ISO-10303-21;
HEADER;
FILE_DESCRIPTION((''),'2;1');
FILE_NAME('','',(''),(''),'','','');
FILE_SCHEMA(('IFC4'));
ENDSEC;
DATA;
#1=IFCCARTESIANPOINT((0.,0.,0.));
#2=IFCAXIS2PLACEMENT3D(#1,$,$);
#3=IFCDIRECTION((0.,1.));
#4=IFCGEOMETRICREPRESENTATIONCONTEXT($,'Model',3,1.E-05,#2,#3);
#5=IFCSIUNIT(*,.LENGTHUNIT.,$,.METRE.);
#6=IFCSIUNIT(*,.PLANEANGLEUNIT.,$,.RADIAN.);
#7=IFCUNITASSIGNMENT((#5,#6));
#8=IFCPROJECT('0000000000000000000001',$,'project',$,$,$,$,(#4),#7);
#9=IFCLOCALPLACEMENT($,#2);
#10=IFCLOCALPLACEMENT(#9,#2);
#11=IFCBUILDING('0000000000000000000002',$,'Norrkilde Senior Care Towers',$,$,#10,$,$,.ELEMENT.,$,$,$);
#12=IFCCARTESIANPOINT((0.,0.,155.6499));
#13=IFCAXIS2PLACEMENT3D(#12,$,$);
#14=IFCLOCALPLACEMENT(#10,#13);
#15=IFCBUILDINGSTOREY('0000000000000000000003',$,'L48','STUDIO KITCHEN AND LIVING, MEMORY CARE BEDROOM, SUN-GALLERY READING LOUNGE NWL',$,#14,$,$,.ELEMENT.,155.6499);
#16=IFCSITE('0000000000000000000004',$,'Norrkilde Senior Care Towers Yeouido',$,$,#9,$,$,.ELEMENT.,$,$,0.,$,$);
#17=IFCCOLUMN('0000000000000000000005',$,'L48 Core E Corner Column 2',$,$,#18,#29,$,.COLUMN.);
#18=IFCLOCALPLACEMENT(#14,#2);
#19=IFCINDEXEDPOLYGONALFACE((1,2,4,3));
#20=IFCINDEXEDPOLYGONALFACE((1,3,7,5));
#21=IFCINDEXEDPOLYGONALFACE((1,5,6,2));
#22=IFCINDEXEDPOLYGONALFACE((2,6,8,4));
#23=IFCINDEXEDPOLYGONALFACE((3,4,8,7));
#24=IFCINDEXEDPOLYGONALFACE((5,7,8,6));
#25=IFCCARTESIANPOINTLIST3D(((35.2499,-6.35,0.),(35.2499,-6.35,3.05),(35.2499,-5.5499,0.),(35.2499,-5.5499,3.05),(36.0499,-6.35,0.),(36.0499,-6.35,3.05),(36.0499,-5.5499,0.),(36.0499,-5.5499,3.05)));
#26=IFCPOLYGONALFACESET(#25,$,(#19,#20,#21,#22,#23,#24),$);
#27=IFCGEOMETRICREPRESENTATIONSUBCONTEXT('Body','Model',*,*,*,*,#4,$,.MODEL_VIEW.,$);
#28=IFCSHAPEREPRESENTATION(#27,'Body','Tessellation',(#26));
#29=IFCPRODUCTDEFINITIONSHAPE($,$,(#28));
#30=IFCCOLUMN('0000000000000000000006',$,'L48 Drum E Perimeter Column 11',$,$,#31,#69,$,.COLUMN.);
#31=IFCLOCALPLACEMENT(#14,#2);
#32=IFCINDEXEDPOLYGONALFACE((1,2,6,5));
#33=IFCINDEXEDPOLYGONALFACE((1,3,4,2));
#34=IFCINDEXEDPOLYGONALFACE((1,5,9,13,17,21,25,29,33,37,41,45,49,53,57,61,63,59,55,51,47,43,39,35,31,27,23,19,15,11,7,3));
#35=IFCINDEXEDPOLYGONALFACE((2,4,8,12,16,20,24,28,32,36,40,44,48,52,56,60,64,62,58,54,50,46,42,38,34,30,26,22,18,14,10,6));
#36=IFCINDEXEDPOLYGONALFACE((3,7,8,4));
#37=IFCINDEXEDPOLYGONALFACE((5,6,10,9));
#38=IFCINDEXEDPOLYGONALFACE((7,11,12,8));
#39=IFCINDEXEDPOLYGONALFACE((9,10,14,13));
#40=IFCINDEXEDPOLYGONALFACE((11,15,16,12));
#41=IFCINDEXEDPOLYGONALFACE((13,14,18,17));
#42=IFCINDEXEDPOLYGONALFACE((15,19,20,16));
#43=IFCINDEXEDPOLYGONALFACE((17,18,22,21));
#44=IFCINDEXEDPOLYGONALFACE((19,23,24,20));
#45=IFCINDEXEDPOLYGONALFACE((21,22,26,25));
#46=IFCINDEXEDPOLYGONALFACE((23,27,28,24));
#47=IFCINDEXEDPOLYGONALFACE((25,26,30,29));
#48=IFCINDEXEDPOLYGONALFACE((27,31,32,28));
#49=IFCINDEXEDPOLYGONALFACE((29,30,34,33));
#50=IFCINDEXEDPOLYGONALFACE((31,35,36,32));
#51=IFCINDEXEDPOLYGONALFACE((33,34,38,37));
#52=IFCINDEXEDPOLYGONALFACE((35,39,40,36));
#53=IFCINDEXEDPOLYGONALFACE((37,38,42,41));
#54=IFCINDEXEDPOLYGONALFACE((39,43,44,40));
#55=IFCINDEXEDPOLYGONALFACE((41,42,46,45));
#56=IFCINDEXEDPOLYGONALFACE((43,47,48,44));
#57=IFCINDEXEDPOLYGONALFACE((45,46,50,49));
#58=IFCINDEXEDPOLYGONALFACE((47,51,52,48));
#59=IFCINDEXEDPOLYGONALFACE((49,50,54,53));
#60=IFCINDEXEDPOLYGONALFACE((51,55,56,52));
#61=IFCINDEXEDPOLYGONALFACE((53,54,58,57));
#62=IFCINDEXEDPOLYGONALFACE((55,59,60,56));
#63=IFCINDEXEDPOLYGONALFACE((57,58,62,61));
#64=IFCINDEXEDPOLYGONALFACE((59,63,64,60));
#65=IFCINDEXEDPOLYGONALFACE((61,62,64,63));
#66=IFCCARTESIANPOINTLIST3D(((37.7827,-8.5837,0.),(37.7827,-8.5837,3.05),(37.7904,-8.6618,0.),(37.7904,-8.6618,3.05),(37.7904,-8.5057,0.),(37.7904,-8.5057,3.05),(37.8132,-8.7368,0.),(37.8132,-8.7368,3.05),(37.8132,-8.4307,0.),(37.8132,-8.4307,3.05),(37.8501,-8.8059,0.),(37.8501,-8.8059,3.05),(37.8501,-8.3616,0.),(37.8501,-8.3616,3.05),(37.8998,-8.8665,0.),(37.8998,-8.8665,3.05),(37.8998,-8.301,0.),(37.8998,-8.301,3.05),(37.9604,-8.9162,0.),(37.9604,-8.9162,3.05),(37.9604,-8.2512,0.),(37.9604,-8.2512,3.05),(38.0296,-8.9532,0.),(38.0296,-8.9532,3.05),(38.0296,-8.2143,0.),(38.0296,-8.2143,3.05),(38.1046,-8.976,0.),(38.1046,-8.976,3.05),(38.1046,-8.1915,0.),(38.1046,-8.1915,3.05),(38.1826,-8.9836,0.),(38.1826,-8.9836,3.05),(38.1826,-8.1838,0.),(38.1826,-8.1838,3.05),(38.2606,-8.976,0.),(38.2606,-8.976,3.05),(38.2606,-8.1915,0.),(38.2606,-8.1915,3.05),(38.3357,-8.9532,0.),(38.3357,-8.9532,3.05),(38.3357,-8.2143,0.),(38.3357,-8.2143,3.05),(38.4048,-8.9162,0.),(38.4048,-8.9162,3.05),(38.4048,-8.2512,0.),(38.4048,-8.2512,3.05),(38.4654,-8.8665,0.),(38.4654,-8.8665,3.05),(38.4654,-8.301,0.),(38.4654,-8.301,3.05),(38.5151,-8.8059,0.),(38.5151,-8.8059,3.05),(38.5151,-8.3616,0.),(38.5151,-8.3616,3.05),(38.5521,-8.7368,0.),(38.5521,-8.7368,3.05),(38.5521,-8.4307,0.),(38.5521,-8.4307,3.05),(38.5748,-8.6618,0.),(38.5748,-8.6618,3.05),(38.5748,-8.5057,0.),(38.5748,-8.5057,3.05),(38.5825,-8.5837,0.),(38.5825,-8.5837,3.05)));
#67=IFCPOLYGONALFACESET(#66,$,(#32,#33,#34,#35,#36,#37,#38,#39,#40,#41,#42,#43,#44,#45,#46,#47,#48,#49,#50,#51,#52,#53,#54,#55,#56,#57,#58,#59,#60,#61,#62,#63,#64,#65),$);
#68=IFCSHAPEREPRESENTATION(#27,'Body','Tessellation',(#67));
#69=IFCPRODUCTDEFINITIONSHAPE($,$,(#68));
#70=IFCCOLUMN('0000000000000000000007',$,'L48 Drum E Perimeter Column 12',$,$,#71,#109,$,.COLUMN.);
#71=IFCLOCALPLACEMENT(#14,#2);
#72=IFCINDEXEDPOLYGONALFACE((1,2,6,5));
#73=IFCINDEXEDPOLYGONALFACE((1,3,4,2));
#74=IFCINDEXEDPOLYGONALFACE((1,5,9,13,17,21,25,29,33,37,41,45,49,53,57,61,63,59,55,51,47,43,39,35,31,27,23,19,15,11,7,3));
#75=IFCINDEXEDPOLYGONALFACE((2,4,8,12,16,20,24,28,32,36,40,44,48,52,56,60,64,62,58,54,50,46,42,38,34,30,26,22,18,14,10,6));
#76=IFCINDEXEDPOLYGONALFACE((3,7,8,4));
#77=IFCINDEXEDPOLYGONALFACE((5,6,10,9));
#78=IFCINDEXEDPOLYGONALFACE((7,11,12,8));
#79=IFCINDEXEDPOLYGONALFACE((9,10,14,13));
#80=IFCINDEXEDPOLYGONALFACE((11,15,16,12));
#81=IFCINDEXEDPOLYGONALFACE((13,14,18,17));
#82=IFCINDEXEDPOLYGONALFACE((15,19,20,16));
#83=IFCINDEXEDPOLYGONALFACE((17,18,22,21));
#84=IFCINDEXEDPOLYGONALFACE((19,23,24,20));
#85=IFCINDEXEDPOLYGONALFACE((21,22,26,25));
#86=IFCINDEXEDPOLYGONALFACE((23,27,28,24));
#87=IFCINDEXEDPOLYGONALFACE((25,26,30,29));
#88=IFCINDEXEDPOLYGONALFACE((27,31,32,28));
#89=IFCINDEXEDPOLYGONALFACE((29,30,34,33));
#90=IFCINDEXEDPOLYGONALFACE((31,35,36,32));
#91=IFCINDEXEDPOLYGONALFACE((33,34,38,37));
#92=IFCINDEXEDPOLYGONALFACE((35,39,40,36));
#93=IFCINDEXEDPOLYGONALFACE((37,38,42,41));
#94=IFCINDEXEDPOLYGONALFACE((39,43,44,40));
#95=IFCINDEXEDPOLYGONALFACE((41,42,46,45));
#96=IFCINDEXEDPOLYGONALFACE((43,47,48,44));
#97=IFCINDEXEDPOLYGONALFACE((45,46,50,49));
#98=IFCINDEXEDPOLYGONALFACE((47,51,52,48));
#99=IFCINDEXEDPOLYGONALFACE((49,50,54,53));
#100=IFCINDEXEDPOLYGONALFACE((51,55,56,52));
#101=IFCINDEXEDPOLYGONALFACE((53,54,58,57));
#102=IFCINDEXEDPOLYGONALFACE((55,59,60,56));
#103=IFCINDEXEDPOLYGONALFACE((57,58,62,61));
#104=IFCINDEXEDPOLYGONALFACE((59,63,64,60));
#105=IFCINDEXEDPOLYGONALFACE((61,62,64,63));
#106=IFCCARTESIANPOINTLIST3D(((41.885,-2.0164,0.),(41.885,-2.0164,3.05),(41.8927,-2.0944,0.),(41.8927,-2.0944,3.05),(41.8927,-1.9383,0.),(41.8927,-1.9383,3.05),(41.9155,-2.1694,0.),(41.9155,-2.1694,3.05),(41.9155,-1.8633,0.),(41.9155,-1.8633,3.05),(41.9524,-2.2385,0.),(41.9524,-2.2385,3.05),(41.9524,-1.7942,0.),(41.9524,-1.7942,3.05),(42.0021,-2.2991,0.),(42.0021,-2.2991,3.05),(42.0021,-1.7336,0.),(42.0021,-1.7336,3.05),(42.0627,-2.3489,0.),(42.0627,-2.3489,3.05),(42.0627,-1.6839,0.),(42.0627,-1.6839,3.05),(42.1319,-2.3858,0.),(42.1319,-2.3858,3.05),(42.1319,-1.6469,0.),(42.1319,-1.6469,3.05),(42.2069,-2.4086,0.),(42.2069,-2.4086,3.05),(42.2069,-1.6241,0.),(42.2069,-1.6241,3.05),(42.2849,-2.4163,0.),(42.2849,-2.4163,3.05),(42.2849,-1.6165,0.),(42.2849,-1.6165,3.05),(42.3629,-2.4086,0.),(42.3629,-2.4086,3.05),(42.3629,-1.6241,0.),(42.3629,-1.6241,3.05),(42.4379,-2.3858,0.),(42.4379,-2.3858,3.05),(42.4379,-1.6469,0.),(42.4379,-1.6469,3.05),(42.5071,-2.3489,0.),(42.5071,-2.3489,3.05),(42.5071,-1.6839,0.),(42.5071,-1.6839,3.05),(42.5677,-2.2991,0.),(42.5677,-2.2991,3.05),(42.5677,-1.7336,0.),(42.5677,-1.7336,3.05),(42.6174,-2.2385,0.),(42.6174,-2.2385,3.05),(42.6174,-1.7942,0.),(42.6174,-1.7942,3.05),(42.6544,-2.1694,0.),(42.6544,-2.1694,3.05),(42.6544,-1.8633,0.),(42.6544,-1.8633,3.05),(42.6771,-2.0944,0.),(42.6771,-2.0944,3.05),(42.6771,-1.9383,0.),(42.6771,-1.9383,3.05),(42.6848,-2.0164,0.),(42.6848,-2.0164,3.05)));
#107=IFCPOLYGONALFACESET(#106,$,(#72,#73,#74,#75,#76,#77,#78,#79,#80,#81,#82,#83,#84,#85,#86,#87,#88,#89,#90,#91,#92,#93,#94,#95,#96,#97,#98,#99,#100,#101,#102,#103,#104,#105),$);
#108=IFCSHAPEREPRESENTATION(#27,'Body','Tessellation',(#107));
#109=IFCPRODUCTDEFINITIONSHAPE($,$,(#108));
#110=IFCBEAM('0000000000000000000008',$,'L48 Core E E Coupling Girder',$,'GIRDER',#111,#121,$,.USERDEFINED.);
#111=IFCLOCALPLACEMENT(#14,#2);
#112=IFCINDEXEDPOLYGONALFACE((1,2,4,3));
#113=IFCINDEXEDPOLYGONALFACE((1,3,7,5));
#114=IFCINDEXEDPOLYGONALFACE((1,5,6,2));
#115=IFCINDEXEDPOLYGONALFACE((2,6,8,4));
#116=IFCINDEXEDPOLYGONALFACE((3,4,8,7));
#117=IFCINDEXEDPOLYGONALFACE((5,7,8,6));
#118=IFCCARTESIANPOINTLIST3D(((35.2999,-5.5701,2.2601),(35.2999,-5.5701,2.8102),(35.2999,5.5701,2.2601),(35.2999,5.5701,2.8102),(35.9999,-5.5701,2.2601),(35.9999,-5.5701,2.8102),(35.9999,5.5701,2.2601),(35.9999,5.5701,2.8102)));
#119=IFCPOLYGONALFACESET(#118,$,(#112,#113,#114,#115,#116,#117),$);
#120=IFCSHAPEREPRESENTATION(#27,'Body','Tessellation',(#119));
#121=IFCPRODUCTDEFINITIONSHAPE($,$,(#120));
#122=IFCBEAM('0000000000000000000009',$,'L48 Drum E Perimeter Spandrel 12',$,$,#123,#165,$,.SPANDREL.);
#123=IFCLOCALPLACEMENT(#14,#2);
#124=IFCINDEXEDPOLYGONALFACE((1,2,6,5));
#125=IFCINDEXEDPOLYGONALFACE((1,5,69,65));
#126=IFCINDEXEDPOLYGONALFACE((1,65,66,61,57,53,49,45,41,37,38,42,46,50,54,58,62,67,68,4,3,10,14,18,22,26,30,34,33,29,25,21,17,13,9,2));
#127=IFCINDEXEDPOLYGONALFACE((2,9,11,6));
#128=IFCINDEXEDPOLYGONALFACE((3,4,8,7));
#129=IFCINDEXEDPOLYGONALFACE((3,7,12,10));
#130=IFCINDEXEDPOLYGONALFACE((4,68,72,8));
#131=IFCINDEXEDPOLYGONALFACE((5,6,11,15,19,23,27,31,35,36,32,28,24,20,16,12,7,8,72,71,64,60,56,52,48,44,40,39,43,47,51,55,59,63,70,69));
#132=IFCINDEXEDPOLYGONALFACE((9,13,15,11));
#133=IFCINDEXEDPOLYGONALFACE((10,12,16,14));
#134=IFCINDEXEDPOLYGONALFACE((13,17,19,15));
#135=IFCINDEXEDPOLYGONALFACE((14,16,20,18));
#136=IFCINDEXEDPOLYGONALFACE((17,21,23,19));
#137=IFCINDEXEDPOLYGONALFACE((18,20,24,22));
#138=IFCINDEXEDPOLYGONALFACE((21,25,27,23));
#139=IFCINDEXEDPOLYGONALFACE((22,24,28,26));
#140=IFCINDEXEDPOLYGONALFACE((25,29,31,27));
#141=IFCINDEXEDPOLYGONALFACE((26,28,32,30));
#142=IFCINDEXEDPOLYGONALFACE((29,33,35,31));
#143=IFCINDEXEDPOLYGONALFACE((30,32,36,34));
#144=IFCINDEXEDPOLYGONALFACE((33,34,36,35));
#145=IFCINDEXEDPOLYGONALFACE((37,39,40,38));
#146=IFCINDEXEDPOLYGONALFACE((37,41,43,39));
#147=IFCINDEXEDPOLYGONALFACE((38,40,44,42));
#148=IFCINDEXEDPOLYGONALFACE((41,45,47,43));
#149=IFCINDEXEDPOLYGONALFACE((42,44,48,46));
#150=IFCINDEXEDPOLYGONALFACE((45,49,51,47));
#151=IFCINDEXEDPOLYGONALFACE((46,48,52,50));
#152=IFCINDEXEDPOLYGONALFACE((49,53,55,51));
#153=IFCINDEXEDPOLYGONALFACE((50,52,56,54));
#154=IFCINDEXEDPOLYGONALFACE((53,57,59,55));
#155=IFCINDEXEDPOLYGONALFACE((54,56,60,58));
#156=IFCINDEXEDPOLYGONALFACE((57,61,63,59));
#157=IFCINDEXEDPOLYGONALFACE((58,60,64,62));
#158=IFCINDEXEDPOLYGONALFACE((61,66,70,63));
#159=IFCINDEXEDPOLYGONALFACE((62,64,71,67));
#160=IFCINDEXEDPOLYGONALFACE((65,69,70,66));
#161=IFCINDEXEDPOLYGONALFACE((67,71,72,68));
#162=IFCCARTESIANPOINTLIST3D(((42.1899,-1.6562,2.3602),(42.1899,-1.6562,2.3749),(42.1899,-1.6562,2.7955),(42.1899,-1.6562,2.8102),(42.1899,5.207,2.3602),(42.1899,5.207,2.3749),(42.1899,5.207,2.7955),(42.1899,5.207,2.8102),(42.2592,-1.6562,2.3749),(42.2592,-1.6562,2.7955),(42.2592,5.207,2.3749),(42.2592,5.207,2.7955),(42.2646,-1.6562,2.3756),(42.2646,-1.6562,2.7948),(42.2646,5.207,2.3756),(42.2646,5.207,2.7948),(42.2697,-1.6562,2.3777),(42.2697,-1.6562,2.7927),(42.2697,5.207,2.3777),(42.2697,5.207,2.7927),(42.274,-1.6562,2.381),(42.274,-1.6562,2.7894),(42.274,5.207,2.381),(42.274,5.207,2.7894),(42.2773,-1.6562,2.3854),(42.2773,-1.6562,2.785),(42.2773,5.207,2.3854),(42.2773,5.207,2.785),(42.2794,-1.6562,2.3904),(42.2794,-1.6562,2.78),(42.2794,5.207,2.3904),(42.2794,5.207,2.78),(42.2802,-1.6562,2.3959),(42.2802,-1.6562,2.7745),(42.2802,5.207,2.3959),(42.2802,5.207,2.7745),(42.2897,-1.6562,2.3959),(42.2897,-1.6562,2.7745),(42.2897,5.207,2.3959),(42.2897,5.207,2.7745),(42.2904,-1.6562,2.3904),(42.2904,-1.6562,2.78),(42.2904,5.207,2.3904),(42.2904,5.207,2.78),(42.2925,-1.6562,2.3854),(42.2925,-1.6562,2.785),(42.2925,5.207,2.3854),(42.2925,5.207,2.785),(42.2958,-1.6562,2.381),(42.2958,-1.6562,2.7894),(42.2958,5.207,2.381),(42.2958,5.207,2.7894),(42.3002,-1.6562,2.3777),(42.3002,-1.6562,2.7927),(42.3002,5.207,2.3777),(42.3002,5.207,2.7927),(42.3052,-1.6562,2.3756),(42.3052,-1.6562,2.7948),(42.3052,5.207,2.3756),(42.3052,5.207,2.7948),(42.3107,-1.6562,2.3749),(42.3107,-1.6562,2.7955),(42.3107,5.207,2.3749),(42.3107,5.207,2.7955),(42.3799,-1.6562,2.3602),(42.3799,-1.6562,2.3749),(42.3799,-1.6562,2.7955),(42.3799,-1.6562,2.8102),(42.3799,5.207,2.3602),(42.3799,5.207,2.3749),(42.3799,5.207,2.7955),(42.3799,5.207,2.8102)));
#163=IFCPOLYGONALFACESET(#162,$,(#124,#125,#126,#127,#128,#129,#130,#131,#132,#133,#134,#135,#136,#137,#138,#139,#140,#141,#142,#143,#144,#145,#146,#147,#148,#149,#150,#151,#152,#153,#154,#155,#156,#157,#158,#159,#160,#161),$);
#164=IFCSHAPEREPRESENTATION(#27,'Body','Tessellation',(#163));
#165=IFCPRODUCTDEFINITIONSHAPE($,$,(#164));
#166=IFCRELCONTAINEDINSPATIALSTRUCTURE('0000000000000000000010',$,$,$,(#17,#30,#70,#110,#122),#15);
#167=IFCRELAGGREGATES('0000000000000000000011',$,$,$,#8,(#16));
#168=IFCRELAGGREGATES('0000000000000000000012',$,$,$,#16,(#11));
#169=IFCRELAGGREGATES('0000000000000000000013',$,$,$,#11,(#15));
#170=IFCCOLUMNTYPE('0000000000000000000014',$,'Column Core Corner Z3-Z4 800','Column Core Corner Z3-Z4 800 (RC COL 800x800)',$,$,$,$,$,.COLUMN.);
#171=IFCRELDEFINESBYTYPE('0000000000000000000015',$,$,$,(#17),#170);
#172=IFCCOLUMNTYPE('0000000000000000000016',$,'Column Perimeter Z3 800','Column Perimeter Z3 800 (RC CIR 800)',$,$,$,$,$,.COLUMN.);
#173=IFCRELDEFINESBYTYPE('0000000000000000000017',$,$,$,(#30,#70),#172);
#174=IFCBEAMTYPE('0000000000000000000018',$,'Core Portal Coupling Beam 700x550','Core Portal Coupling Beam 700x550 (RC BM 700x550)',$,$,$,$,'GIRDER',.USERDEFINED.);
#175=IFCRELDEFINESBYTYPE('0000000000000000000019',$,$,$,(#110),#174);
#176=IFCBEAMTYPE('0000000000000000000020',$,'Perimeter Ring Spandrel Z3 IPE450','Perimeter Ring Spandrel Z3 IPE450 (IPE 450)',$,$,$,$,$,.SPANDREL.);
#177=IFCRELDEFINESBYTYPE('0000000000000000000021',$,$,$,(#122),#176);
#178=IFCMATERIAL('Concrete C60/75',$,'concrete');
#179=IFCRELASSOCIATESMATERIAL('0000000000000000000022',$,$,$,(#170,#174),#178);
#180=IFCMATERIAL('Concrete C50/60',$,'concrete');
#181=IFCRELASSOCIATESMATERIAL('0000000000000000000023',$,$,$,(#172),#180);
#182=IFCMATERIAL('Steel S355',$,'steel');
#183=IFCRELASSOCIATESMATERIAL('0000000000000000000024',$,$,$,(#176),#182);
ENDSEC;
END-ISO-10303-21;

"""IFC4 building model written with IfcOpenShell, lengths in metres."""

from ifc_helpers import new_model, si_unit, direction, frame, origin, origin_2d, place, context, subcontext, project, spatial, rectangle, circle, i_section, extrude, source, transform, mapped, material, material_profile, profile_set, type_object, type_shapes, element, save


model = new_model("IFC4")

# Units and contexts
model_context = context("Model", 3, precision=1e-05, world=origin(), true_north=direction((0.0, 1.0)))
body_context = subcontext(model_context, "Body", "Model", "MODEL_VIEW")
ifc_project = project(units=[si_unit("LENGTHUNIT", "METRE"), si_unit("PLANEANGLEUNIT", "RADIAN")], contexts=[model_context])

# Site, building, storey
site_placement = place(None, origin())
site = spatial("IfcSite", under=ifc_project, at=site_placement, Name="Norrkilde Senior Care Towers Yeouido", CompositionType="ELEMENT", RefElevation=0.0)
building_placement = place(site_placement, origin())
building = spatial("IfcBuilding", under=site, at=building_placement, Name="Norrkilde Senior Care Towers", CompositionType="ELEMENT")
storey_placement = place(building_placement, frame((0.0, 0.0, 155.6499)))
storey = spatial("IfcBuildingStorey", under=building, at=storey_placement, Name="L48", Description="STUDIO KITCHEN AND LIVING, MEMORY CARE BEDROOM, SUN-GALLERY READING LOUNGE NWL", CompositionType="ELEMENT", Elevation=155.6499)

# Columns
ifc_material_1 = material(Name="Concrete C60/75", Category="concrete")
ifc_material_profile_1 = material_profile(ifc_material_1, rectangle(XDim=0.8, YDim=0.8, at=origin_2d()), Name="RC COL 800x800")
ifc_profile_set_1 = profile_set([ifc_material_profile_1], Name="Concrete C60/75")
column_type_1 = type_object("IfcColumnType", Name="Column Core Corner Z3-Z4 800", Description="Column Core Corner Z3-Z4 800 (RC COL 800x800)", PredefinedType="COLUMN", material=ifc_profile_set_1)
shared_shape_1 = source(origin(), body_context, "Body", "SweptSolid", [
    extrude(rectangle(XDim=0.8, YDim=0.8, at=origin_2d()), origin(), (0.0, 0.0, 1.0), 3.05),
])
type_shapes(column_type_1, [shared_shape_1])
column_placement = place(storey_placement, frame((35.6499, -5.95, 0.0), z_axis=(0.0, 0.0, 1.0), x_axis=(1.0, 0.0, 0.0)))
element("IfcColumn", 1, at=column_placement, inside=storey, type_object=column_type_1, Name="L48 Core E Corner Column 2", PredefinedType="COLUMN", context=body_context, shape_type="MappedRepresentation", body=[
    mapped(shared_shape_1, transform((0.0, 0.0, 0.0), x_axis=(1.0, 0.0, 0.0), y_axis=(0.0, 1.0, 0.0), z_axis=(0.0, 0.0, 1.0), scale=1.0)),
])
ifc_material_2 = material(Name="Concrete C50/60", Category="concrete")
ifc_material_profile_2 = material_profile(ifc_material_2, circle(Radius=0.3999, at=origin_2d()), Name="RC CIR 800")
ifc_profile_set_2 = profile_set([ifc_material_profile_2], Name="Concrete C50/60")
column_type_2 = type_object("IfcColumnType", Name="Column Perimeter Z3 800", Description="Column Perimeter Z3 800 (RC CIR 800)", PredefinedType="COLUMN", material=ifc_profile_set_2)
shared_shape_2 = source(origin(), body_context, "Body", "SweptSolid", [
    extrude(circle(Radius=0.3999, at=origin_2d()), origin(), (0.0, 0.0, 1.0), 3.05),
])
type_shapes(column_type_2, [shared_shape_2])
for number, where, z_axis, x_axis, name in (
    (2, (38.1826, -8.5837, 0.0), (0.0, 0.0, 1.0), (1.0, 0.0, 0.0), "L48 Drum E Perimeter Column 11"),
    (3, (42.2849, -2.0164, 0.0), (0.0, 0.0, 1.0), (1.0, 0.0, 0.0), "L48 Drum E Perimeter Column 12"),
):
    element("IfcColumn", number, at=place(storey_placement, frame(where, z_axis=z_axis, x_axis=x_axis)), inside=storey, type_object=column_type_2, Name=name, PredefinedType="COLUMN", context=body_context, shape_type="MappedRepresentation", body=[
        mapped(shared_shape_2, transform((0.0, 0.0, 0.0), x_axis=(1.0, 0.0, 0.0), y_axis=(0.0, 1.0, 0.0), z_axis=(0.0, 0.0, 1.0), scale=1.0)),
    ])

# Beams
ifc_material_profile_3 = material_profile(ifc_material_1, rectangle(XDim=0.7, YDim=0.55, at=origin_2d()), Name="RC BM 700x550")
ifc_profile_set_3 = profile_set([ifc_material_profile_3], Name="Concrete C60/75")
beam_type_1 = type_object("IfcBeamType", Name="Core Portal Coupling Beam 700x550", Description="Core Portal Coupling Beam 700x550 (RC BM 700x550)", ElementType="GIRDER", PredefinedType="USERDEFINED", material=ifc_profile_set_3)
shared_shape_3 = source(origin(), body_context, "Body", "SweptSolid", [
    extrude(rectangle(XDim=0.7, YDim=0.55, at=origin_2d()), origin(), (0.0, 0.0, 1.0), 11.1401),
])
type_shapes(beam_type_1, [shared_shape_3])
beam_1_placement = place(storey_placement, frame((35.6499, -5.5701, 2.5352), z_axis=(0.0, 1.0, 0.0), x_axis=(-1.0, 0.0, 0.0)))
element("IfcBeam", 4, at=beam_1_placement, inside=storey, type_object=beam_type_1, Name="L48 Core E E Coupling Girder", ObjectType="GIRDER", PredefinedType="USERDEFINED", context=body_context, shape_type="MappedRepresentation", body=[
    mapped(shared_shape_3, transform((0.0, 0.0, 0.0), x_axis=(1.0, 0.0, 0.0), y_axis=(0.0, 1.0, 0.0), z_axis=(0.0, 0.0, 1.0), scale=1.0)),
])
ifc_material_3 = material(Name="Steel S355", Category="steel")
ifc_material_profile_4 = material_profile(ifc_material_3, i_section(OverallWidth=0.1899, OverallDepth=0.45, WebThickness=0.0095, FlangeThickness=0.0146, FilletRadius=0.021, at=origin_2d()), Name="IPE 450")
ifc_profile_set_4 = profile_set([ifc_material_profile_4], Name="Steel S355")
beam_type_2 = type_object("IfcBeamType", Name="Perimeter Ring Spandrel Z3 IPE450", Description="Perimeter Ring Spandrel Z3 IPE450 (IPE 450)", PredefinedType="SPANDREL", material=ifc_profile_set_4)
shared_shape_4 = source(origin(), body_context, "Body", "SweptSolid", [
    extrude(i_section(OverallWidth=0.1899, OverallDepth=0.45, WebThickness=0.0095, FlangeThickness=0.0146, FilletRadius=0.021, at=origin_2d()), origin(), (0.0, 0.0, 1.0), 6.8633),
])
beam_2_placement = place(storey_placement, frame((42.2849, -1.6562, 2.5852), z_axis=(0.0, 1.0, 0.0), x_axis=(-1.0, 0.0, 0.0)))
element("IfcBeam", 5, at=beam_2_placement, inside=storey, type_object=beam_type_2, Name="L48 Drum E Perimeter Spandrel 12", PredefinedType="SPANDREL", context=body_context, shape_type="MappedRepresentation", body=[
    mapped(shared_shape_4, transform((0.0, 0.0, 0.0), x_axis=(1.0, 0.0, 0.0), y_axis=(0.0, 1.0, 0.0), z_axis=(0.0, 0.0, 1.0), scale=1.0)),
])

save(model, "model.ifc")
